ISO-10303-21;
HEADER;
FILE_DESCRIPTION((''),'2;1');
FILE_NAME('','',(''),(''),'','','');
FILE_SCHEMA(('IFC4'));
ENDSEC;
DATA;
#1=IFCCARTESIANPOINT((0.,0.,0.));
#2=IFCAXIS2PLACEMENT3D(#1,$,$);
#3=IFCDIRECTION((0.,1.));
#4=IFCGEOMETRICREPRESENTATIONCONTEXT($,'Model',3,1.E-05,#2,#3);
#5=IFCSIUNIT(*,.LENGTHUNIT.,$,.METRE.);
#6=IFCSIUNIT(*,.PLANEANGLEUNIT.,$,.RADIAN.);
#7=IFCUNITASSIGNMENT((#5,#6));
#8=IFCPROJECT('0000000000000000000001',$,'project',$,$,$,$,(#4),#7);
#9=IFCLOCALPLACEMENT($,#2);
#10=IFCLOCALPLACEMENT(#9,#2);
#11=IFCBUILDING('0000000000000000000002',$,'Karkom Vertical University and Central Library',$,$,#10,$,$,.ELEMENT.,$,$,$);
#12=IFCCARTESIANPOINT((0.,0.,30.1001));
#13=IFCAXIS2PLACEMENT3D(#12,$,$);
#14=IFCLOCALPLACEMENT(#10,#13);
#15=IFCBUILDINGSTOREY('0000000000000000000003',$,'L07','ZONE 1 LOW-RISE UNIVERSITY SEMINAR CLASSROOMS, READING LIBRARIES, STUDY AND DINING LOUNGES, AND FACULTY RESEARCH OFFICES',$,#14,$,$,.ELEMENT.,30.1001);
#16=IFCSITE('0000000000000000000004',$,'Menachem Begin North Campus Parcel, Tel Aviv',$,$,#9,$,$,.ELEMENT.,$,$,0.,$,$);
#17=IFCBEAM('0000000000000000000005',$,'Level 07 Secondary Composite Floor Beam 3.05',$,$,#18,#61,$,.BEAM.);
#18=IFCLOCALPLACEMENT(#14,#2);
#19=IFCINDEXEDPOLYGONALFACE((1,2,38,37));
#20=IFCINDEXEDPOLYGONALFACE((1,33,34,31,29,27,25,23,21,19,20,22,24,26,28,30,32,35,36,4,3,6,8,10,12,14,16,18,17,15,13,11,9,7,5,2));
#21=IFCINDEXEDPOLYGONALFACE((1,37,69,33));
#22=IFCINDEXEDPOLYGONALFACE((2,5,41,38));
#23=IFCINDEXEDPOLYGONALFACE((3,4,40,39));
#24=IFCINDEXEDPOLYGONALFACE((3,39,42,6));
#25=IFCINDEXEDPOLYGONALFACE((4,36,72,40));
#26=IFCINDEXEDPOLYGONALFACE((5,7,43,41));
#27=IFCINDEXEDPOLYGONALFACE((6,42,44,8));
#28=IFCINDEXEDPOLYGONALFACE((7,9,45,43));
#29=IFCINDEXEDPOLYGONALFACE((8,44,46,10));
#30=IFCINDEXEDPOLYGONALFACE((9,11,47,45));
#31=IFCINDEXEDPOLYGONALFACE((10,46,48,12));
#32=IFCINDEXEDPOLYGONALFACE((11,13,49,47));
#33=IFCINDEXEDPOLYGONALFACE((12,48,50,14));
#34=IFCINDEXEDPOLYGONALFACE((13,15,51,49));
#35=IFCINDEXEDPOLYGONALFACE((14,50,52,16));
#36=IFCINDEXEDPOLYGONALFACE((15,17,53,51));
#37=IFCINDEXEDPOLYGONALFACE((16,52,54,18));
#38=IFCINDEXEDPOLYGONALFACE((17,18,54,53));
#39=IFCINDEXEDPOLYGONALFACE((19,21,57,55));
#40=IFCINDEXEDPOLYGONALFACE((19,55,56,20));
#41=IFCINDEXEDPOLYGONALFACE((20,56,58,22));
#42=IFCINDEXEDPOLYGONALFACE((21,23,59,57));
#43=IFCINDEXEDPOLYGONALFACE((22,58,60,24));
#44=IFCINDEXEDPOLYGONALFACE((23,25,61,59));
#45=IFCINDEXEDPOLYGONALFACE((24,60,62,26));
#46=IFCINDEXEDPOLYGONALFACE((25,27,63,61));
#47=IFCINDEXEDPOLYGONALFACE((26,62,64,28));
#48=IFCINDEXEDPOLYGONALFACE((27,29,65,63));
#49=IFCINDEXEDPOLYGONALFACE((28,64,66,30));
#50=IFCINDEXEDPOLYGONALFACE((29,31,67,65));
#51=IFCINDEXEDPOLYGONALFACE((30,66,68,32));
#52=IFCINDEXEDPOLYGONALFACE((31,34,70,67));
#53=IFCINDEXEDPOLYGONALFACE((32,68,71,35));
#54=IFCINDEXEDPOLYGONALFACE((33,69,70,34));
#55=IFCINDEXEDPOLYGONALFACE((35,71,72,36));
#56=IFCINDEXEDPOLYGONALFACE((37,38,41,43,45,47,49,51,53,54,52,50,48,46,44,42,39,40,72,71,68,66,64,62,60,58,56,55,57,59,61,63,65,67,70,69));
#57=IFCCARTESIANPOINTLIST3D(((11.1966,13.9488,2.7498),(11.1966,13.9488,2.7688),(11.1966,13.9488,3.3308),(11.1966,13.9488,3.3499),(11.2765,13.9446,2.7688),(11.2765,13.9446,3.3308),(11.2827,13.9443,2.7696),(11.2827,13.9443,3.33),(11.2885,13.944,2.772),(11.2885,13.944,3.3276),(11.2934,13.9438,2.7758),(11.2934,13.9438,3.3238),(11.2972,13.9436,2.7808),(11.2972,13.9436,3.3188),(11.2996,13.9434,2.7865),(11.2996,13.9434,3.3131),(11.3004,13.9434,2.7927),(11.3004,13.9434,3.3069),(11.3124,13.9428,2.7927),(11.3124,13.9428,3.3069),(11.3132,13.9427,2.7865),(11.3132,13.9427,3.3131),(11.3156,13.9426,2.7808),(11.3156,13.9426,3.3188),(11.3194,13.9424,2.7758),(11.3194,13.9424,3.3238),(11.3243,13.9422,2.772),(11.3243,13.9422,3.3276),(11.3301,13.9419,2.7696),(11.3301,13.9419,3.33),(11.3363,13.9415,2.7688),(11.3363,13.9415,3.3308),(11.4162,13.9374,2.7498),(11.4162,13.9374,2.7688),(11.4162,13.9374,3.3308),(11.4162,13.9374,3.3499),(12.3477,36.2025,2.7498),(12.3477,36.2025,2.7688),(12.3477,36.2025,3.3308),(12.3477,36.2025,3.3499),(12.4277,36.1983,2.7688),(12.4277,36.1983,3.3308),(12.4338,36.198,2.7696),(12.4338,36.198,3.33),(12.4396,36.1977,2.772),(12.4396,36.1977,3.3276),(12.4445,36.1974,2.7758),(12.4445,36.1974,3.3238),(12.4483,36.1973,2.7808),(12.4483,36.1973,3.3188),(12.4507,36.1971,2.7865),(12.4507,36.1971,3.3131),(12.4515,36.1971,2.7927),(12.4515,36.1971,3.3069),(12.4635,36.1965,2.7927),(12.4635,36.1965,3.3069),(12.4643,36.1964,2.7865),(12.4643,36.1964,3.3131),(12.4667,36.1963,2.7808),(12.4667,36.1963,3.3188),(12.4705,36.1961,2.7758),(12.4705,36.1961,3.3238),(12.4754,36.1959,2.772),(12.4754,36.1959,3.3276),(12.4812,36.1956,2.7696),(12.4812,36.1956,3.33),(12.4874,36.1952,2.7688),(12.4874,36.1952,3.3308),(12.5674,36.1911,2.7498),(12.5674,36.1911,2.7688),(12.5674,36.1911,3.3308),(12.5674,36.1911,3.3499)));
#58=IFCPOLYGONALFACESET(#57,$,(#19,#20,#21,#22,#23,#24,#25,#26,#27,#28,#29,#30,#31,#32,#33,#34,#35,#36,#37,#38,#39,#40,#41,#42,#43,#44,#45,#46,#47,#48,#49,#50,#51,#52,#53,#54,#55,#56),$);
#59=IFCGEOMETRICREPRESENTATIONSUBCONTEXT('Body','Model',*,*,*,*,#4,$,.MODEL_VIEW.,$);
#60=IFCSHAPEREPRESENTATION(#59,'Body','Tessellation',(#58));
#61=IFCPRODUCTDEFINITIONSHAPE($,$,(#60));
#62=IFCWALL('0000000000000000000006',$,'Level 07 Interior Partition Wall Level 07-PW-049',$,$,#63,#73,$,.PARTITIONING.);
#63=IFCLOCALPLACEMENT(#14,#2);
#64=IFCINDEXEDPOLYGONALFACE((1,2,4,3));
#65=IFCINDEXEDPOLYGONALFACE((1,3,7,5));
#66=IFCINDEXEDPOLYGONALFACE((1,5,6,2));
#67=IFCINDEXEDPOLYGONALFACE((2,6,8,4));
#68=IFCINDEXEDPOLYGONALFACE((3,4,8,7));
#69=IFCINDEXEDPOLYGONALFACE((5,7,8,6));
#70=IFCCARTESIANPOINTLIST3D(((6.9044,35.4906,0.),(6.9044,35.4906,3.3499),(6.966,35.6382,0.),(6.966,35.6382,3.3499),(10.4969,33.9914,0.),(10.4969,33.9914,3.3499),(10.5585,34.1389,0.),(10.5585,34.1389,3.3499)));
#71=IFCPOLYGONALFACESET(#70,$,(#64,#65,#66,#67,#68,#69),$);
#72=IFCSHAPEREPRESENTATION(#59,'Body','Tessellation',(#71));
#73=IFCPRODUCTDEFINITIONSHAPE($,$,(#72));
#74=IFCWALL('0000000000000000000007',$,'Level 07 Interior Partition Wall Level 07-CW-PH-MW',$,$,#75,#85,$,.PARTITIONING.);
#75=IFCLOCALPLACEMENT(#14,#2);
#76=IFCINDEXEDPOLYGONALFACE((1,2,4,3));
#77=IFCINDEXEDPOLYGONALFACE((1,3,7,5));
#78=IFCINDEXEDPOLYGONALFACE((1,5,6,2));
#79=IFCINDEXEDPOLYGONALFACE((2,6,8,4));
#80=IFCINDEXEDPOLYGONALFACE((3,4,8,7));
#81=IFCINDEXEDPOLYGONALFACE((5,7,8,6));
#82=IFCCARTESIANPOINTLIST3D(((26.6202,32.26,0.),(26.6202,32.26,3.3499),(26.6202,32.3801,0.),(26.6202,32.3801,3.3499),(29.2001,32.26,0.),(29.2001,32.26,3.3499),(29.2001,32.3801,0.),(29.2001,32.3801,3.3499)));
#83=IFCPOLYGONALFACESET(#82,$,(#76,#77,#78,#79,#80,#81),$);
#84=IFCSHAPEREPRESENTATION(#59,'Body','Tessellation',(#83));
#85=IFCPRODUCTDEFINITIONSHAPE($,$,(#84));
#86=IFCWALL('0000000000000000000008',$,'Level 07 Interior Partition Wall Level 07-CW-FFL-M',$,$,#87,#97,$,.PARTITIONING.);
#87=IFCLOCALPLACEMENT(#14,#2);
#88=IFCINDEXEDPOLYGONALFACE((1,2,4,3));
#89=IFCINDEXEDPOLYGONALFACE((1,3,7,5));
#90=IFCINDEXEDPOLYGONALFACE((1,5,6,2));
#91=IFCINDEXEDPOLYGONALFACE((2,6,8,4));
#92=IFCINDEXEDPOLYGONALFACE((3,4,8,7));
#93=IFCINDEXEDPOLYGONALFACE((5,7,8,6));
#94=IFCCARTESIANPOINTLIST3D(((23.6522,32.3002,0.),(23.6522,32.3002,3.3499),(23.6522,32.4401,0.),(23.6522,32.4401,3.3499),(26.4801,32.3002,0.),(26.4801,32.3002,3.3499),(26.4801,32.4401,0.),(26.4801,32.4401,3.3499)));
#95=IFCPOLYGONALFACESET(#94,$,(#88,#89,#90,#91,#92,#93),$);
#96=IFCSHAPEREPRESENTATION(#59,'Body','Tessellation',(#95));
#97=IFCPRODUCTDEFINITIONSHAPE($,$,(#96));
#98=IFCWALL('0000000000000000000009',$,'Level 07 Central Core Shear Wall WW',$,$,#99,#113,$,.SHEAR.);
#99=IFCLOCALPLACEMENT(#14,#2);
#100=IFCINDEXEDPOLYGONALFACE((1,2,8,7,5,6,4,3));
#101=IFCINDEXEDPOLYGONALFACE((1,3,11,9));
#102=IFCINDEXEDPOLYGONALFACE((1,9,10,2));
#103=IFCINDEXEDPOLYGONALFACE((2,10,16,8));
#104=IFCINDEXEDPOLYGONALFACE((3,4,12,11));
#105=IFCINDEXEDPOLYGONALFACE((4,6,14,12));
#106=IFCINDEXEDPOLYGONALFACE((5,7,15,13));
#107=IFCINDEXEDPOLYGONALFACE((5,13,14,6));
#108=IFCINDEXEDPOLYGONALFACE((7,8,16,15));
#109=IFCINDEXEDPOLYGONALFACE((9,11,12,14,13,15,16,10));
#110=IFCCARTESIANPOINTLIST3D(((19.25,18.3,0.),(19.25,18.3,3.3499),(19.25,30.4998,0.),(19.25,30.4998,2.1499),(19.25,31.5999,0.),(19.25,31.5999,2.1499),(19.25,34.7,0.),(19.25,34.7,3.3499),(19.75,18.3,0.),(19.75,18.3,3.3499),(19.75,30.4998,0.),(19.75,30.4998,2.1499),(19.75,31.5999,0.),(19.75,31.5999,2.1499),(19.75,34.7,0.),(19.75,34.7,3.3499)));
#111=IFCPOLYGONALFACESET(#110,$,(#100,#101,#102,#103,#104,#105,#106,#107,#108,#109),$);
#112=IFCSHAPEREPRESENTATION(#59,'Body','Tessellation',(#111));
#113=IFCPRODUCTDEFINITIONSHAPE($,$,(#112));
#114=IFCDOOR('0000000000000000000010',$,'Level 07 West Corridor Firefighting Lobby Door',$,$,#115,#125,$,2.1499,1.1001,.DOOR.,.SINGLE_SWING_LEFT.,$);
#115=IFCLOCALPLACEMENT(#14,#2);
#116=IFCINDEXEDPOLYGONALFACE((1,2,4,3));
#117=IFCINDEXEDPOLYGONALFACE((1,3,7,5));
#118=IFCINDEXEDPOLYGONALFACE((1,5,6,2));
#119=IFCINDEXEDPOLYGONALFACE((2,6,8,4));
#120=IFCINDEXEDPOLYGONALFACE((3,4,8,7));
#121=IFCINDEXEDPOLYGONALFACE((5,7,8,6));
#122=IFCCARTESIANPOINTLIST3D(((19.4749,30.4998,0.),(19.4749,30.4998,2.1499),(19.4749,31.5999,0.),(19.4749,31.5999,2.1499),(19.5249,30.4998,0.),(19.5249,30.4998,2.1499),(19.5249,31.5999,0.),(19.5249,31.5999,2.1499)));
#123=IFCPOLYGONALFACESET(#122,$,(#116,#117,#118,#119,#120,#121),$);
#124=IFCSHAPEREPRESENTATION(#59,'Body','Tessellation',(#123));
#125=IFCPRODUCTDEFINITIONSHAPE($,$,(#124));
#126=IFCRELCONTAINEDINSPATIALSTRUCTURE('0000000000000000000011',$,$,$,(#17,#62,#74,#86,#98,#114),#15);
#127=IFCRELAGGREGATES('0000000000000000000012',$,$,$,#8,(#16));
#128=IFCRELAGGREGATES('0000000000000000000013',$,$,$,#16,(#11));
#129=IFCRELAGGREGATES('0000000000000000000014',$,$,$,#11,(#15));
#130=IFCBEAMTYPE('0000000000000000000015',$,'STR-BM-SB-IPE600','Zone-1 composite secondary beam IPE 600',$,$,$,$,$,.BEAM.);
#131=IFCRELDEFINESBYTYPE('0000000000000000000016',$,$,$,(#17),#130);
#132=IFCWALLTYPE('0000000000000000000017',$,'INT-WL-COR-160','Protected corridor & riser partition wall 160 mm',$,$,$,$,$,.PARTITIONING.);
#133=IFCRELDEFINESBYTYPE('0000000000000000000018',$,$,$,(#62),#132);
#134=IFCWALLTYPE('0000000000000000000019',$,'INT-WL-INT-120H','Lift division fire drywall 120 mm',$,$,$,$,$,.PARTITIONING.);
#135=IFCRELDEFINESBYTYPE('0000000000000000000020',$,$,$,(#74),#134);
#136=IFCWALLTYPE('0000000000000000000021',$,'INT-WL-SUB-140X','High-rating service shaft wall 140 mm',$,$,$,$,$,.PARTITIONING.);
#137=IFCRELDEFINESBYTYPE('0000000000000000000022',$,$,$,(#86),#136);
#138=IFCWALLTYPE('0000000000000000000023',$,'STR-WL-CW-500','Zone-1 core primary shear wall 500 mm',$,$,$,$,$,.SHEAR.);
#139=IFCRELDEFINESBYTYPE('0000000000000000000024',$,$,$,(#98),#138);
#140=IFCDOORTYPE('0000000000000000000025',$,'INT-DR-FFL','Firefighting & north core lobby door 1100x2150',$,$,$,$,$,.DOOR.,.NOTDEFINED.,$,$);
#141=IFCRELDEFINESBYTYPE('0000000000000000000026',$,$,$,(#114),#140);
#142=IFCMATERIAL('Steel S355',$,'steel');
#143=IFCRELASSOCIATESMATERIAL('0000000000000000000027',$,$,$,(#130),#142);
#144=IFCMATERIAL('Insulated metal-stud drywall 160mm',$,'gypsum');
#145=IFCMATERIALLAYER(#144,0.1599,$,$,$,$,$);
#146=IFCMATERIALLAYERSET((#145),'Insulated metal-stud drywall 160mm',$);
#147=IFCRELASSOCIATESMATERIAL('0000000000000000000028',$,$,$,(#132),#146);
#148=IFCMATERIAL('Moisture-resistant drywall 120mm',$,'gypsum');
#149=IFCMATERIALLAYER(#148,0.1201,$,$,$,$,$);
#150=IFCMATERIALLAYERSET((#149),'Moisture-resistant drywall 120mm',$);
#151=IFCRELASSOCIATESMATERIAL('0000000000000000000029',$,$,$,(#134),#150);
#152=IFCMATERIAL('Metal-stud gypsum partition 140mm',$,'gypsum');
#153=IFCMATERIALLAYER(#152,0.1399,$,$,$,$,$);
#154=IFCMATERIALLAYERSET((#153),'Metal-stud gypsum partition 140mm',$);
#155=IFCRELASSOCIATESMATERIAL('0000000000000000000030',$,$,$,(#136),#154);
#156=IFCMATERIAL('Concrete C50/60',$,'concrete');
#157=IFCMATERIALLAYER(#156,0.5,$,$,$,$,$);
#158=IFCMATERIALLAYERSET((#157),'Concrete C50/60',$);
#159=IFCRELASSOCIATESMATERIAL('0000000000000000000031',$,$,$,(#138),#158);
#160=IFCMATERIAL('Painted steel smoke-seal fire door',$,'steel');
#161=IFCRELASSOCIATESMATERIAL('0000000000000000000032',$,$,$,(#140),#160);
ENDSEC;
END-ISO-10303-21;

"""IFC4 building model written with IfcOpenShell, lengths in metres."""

from ifc_helpers import new_model, si_unit, direction, frame, frame_2d, origin, origin_with_axes, origin_2d, place, context, subcontext, project, spatial, rectangle, i_section, extrude, source, transform, mapped, material, layer, layer_set, material_profile, profile_set, type_object, element, fill, save


model = new_model("IFC4")

# Units and contexts
model_context = context("Model", 3, precision=1e-05, world=origin(), true_north=direction((0.0, 1.0)))
body_context = subcontext(model_context, "Body", "Model", "MODEL_VIEW")
ifc_project = project(units=[si_unit("LENGTHUNIT", "METRE"), si_unit("PLANEANGLEUNIT", "RADIAN")], contexts=[model_context])

# Site, building, storey
site_placement = place(None, origin())
site = spatial("IfcSite", under=ifc_project, at=site_placement, Name="Menachem Begin North Campus Parcel, Tel Aviv", CompositionType="ELEMENT", RefElevation=0.0)
building_placement = place(site_placement, origin())
building = spatial("IfcBuilding", under=site, at=building_placement, Name="Karkom Vertical University and Central Library", CompositionType="ELEMENT")
storey_placement = place(building_placement, frame((0.0, 0.0, 30.1001)))
storey = spatial("IfcBuildingStorey", under=building, at=storey_placement, Name="L07", Description="ZONE 1 LOW-RISE UNIVERSITY SEMINAR CLASSROOMS, READING LIBRARIES, STUDY AND DINING LOUNGES, AND FACULTY RESEARCH OFFICES", CompositionType="ELEMENT", Elevation=30.1001)

# Shared definitions
ifc_material_1 = material(Name="Concrete C50/60", Category="concrete")

# Beam
ifc_material_2 = material(Name="Steel S355", Category="steel")
ifc_material_profile_1 = material_profile(ifc_material_2, i_section(OverallWidth=0.22, OverallDepth=0.6001, WebThickness=0.012, FlangeThickness=0.019, FilletRadius=0.0239, at=origin_2d()), Name="IPE 600")
ifc_profile_set_1 = profile_set([ifc_material_profile_1], Name="Steel S355")
beam_type_1 = type_object("IfcBeamType", Name="STR-BM-SB-IPE600", Description="Zone-1 composite secondary beam IPE 600", PredefinedType="BEAM", material=ifc_profile_set_1)
shared_shape_1 = source(origin_with_axes(), body_context, "Body", "SweptSolid", [
    extrude(i_section(OverallWidth=0.22, OverallDepth=0.6001, WebThickness=0.012, FlangeThickness=0.019, FilletRadius=0.0239, at=origin_2d()), origin(), (0.0, 0.0, 1.0), 22.2834),
])
beam_1_placement = place(storey_placement, frame((12.4575, 36.1968, 3.0498), z_axis=(-0.051658, -0.998665, 0.0), x_axis=(0.998665, -0.051658, 0.0)))
element("IfcBeam", 1, at=beam_1_placement, inside=storey, type_object=beam_type_1, Name="Level 07 Secondary Composite Floor Beam 3.05", PredefinedType="BEAM", context=body_context, shape_type="MappedRepresentation", body=[
    mapped(shared_shape_1, transform((0.0, 0.0, 0.0), scale=1.0)),
])

# Walls
ifc_material_3 = material(Name="Insulated metal-stud drywall 160mm", Category="gypsum")
ifc_layer_1 = layer(ifc_material_3, 0.1599)
ifc_layer_set_1 = layer_set([ifc_layer_1], Name="Insulated metal-stud drywall 160mm")
wall_type_1 = type_object("IfcWallType", Name="INT-WL-COR-160", Description="Protected corridor & riser partition wall 160 mm", PredefinedType="PARTITIONING", material=ifc_layer_set_1)
wall_1_placement = place(storey_placement, frame((10.5276, 34.0652, 0.0), z_axis=(0.0, 0.0, 1.0), x_axis=(-0.92286, 0.385136, 0.0)))
element("IfcWall", 2, at=wall_1_placement, inside=storey, type_object=wall_type_1, Name="Level 07 Interior Partition Wall Level 07-PW-049", PredefinedType="PARTITIONING", context=body_context, shape_type="SweptSolid", body=[
    extrude(rectangle(XDim=3.8928, YDim=0.1599, at=frame_2d((1.9463, 0.0))), origin(), (0.0, 0.0, 1.0), 3.3499),
])
ifc_material_4 = material(Name="Moisture-resistant drywall 120mm", Category="gypsum")
ifc_layer_2 = layer(ifc_material_4, 0.1201)
ifc_layer_set_2 = layer_set([ifc_layer_2], Name="Moisture-resistant drywall 120mm")
wall_type_2 = type_object("IfcWallType", Name="INT-WL-INT-120H", Description="Lift division fire drywall 120 mm", PredefinedType="PARTITIONING", material=ifc_layer_set_2)
wall_2_placement = place(storey_placement, frame((26.6201, 32.3201, 0.0), z_axis=(0.0, 0.0, 1.0), x_axis=(1.0, 0.0, 0.0)))
element("IfcWall", 3, at=wall_2_placement, inside=storey, type_object=wall_type_2, Name="Level 07 Interior Partition Wall Level 07-CW-PH-MW", PredefinedType="PARTITIONING", context=body_context, shape_type="SweptSolid", body=[
    extrude(rectangle(XDim=2.5798, YDim=0.1201, at=frame_2d((1.29, 0.0))), origin(), (0.0, 0.0, 1.0), 3.3499),
])
ifc_material_5 = material(Name="Metal-stud gypsum partition 140mm", Category="gypsum")
ifc_layer_3 = layer(ifc_material_5, 0.1399)
ifc_layer_set_3 = layer_set([ifc_layer_3], Name="Metal-stud gypsum partition 140mm")
wall_type_3 = type_object("IfcWallType", Name="INT-WL-SUB-140X", Description="High-rating service shaft wall 140 mm", PredefinedType="PARTITIONING", material=ifc_layer_set_3)
wall_3_placement = place(storey_placement, frame((23.6521, 32.3701, 0.0), z_axis=(0.0, 0.0, 1.0), x_axis=(1.0, 0.0, 0.0)))
element("IfcWall", 4, at=wall_3_placement, inside=storey, type_object=wall_type_3, Name="Level 07 Interior Partition Wall Level 07-CW-FFL-M", PredefinedType="PARTITIONING", context=body_context, shape_type="SweptSolid", body=[
    extrude(rectangle(XDim=2.8279, YDim=0.1399, at=frame_2d((1.4141, 0.0))), origin(), (0.0, 0.0, 1.0), 3.3499),
])

# Wall, opening, door
ifc_layer_4 = layer(ifc_material_1, 0.5)
ifc_layer_set_4 = layer_set([ifc_layer_4], Name="Concrete C50/60")
wall_type_4 = type_object("IfcWallType", Name="STR-WL-CW-500", Description="Zone-1 core primary shear wall 500 mm", PredefinedType="SHEAR", material=ifc_layer_set_4)
ifc_material_6 = material(Name="Painted steel smoke-seal fire door", Category="steel")
door_type = type_object("IfcDoorType", Name="INT-DR-FFL", Description="Firefighting & north core lobby door 1100x2150", OperationType="NOTDEFINED", PredefinedType="DOOR", material=ifc_material_6)
shared_shape_2 = source(origin_with_axes(), body_context, "Body", "SweptSolid", [
    extrude(rectangle(XDim=1.1001, YDim=2.1499, at=frame_2d((0.55, 1.075))), frame((0.0, 0.0249, 0.0), z_axis=(0.0, -1.0, 0.0), x_axis=(1.0, 0.0, 0.0)), (0.0, 0.0, 1.0), 0.05),
])
wall_4_placement = place(storey_placement, frame((19.5, 34.7, 0.0), z_axis=(0.0, 0.0, 1.0), x_axis=(0.0, -1.0, 0.0)))
wall_4 = element("IfcWall", 5, at=wall_4_placement, inside=storey, type_object=wall_type_4, Name="Level 07 Central Core Shear Wall WW", PredefinedType="SHEAR", context=body_context, shape_type="SweptSolid", body=[
    extrude(rectangle(XDim=16.3999, YDim=0.5, at=frame_2d((8.2, 0.0))), origin(), (0.0, 0.0, 1.0), 3.3499),
])
opening_1_placement = place(wall_4_placement, frame((3.1001, 0.0, 0.0)))
opening_1 = element("IfcOpeningElement", 6, at=opening_1_placement, cuts=wall_4, PredefinedType="OPENING", context=body_context, shape_type="SweptSolid", body=[
    extrude(rectangle(XDim=1.1001, YDim=2.1499, at=frame_2d((0.55, 1.075))), frame((0.0, 0.26, 0.0), z_axis=(0.0, -1.0, 0.0), x_axis=(1.0, 0.0, 0.0)), (0.0, 0.0, 1.0), 0.52),
])
door_1_placement = place(opening_1_placement, origin())
door_1 = element("IfcDoor", 7, at=door_1_placement, inside=storey, type_object=door_type, Name="Level 07 West Corridor Firefighting Lobby Door", OperationType="SINGLE_SWING_LEFT", OverallHeight=2.1499, OverallWidth=1.1001, PredefinedType="DOOR", context=body_context, shape_type="MappedRepresentation", body=[
    mapped(shared_shape_2, transform((0.0, 0.0, 0.0), scale=1.0)),
])
fill(opening_1, door_1)

save(model, "model.ifc")
